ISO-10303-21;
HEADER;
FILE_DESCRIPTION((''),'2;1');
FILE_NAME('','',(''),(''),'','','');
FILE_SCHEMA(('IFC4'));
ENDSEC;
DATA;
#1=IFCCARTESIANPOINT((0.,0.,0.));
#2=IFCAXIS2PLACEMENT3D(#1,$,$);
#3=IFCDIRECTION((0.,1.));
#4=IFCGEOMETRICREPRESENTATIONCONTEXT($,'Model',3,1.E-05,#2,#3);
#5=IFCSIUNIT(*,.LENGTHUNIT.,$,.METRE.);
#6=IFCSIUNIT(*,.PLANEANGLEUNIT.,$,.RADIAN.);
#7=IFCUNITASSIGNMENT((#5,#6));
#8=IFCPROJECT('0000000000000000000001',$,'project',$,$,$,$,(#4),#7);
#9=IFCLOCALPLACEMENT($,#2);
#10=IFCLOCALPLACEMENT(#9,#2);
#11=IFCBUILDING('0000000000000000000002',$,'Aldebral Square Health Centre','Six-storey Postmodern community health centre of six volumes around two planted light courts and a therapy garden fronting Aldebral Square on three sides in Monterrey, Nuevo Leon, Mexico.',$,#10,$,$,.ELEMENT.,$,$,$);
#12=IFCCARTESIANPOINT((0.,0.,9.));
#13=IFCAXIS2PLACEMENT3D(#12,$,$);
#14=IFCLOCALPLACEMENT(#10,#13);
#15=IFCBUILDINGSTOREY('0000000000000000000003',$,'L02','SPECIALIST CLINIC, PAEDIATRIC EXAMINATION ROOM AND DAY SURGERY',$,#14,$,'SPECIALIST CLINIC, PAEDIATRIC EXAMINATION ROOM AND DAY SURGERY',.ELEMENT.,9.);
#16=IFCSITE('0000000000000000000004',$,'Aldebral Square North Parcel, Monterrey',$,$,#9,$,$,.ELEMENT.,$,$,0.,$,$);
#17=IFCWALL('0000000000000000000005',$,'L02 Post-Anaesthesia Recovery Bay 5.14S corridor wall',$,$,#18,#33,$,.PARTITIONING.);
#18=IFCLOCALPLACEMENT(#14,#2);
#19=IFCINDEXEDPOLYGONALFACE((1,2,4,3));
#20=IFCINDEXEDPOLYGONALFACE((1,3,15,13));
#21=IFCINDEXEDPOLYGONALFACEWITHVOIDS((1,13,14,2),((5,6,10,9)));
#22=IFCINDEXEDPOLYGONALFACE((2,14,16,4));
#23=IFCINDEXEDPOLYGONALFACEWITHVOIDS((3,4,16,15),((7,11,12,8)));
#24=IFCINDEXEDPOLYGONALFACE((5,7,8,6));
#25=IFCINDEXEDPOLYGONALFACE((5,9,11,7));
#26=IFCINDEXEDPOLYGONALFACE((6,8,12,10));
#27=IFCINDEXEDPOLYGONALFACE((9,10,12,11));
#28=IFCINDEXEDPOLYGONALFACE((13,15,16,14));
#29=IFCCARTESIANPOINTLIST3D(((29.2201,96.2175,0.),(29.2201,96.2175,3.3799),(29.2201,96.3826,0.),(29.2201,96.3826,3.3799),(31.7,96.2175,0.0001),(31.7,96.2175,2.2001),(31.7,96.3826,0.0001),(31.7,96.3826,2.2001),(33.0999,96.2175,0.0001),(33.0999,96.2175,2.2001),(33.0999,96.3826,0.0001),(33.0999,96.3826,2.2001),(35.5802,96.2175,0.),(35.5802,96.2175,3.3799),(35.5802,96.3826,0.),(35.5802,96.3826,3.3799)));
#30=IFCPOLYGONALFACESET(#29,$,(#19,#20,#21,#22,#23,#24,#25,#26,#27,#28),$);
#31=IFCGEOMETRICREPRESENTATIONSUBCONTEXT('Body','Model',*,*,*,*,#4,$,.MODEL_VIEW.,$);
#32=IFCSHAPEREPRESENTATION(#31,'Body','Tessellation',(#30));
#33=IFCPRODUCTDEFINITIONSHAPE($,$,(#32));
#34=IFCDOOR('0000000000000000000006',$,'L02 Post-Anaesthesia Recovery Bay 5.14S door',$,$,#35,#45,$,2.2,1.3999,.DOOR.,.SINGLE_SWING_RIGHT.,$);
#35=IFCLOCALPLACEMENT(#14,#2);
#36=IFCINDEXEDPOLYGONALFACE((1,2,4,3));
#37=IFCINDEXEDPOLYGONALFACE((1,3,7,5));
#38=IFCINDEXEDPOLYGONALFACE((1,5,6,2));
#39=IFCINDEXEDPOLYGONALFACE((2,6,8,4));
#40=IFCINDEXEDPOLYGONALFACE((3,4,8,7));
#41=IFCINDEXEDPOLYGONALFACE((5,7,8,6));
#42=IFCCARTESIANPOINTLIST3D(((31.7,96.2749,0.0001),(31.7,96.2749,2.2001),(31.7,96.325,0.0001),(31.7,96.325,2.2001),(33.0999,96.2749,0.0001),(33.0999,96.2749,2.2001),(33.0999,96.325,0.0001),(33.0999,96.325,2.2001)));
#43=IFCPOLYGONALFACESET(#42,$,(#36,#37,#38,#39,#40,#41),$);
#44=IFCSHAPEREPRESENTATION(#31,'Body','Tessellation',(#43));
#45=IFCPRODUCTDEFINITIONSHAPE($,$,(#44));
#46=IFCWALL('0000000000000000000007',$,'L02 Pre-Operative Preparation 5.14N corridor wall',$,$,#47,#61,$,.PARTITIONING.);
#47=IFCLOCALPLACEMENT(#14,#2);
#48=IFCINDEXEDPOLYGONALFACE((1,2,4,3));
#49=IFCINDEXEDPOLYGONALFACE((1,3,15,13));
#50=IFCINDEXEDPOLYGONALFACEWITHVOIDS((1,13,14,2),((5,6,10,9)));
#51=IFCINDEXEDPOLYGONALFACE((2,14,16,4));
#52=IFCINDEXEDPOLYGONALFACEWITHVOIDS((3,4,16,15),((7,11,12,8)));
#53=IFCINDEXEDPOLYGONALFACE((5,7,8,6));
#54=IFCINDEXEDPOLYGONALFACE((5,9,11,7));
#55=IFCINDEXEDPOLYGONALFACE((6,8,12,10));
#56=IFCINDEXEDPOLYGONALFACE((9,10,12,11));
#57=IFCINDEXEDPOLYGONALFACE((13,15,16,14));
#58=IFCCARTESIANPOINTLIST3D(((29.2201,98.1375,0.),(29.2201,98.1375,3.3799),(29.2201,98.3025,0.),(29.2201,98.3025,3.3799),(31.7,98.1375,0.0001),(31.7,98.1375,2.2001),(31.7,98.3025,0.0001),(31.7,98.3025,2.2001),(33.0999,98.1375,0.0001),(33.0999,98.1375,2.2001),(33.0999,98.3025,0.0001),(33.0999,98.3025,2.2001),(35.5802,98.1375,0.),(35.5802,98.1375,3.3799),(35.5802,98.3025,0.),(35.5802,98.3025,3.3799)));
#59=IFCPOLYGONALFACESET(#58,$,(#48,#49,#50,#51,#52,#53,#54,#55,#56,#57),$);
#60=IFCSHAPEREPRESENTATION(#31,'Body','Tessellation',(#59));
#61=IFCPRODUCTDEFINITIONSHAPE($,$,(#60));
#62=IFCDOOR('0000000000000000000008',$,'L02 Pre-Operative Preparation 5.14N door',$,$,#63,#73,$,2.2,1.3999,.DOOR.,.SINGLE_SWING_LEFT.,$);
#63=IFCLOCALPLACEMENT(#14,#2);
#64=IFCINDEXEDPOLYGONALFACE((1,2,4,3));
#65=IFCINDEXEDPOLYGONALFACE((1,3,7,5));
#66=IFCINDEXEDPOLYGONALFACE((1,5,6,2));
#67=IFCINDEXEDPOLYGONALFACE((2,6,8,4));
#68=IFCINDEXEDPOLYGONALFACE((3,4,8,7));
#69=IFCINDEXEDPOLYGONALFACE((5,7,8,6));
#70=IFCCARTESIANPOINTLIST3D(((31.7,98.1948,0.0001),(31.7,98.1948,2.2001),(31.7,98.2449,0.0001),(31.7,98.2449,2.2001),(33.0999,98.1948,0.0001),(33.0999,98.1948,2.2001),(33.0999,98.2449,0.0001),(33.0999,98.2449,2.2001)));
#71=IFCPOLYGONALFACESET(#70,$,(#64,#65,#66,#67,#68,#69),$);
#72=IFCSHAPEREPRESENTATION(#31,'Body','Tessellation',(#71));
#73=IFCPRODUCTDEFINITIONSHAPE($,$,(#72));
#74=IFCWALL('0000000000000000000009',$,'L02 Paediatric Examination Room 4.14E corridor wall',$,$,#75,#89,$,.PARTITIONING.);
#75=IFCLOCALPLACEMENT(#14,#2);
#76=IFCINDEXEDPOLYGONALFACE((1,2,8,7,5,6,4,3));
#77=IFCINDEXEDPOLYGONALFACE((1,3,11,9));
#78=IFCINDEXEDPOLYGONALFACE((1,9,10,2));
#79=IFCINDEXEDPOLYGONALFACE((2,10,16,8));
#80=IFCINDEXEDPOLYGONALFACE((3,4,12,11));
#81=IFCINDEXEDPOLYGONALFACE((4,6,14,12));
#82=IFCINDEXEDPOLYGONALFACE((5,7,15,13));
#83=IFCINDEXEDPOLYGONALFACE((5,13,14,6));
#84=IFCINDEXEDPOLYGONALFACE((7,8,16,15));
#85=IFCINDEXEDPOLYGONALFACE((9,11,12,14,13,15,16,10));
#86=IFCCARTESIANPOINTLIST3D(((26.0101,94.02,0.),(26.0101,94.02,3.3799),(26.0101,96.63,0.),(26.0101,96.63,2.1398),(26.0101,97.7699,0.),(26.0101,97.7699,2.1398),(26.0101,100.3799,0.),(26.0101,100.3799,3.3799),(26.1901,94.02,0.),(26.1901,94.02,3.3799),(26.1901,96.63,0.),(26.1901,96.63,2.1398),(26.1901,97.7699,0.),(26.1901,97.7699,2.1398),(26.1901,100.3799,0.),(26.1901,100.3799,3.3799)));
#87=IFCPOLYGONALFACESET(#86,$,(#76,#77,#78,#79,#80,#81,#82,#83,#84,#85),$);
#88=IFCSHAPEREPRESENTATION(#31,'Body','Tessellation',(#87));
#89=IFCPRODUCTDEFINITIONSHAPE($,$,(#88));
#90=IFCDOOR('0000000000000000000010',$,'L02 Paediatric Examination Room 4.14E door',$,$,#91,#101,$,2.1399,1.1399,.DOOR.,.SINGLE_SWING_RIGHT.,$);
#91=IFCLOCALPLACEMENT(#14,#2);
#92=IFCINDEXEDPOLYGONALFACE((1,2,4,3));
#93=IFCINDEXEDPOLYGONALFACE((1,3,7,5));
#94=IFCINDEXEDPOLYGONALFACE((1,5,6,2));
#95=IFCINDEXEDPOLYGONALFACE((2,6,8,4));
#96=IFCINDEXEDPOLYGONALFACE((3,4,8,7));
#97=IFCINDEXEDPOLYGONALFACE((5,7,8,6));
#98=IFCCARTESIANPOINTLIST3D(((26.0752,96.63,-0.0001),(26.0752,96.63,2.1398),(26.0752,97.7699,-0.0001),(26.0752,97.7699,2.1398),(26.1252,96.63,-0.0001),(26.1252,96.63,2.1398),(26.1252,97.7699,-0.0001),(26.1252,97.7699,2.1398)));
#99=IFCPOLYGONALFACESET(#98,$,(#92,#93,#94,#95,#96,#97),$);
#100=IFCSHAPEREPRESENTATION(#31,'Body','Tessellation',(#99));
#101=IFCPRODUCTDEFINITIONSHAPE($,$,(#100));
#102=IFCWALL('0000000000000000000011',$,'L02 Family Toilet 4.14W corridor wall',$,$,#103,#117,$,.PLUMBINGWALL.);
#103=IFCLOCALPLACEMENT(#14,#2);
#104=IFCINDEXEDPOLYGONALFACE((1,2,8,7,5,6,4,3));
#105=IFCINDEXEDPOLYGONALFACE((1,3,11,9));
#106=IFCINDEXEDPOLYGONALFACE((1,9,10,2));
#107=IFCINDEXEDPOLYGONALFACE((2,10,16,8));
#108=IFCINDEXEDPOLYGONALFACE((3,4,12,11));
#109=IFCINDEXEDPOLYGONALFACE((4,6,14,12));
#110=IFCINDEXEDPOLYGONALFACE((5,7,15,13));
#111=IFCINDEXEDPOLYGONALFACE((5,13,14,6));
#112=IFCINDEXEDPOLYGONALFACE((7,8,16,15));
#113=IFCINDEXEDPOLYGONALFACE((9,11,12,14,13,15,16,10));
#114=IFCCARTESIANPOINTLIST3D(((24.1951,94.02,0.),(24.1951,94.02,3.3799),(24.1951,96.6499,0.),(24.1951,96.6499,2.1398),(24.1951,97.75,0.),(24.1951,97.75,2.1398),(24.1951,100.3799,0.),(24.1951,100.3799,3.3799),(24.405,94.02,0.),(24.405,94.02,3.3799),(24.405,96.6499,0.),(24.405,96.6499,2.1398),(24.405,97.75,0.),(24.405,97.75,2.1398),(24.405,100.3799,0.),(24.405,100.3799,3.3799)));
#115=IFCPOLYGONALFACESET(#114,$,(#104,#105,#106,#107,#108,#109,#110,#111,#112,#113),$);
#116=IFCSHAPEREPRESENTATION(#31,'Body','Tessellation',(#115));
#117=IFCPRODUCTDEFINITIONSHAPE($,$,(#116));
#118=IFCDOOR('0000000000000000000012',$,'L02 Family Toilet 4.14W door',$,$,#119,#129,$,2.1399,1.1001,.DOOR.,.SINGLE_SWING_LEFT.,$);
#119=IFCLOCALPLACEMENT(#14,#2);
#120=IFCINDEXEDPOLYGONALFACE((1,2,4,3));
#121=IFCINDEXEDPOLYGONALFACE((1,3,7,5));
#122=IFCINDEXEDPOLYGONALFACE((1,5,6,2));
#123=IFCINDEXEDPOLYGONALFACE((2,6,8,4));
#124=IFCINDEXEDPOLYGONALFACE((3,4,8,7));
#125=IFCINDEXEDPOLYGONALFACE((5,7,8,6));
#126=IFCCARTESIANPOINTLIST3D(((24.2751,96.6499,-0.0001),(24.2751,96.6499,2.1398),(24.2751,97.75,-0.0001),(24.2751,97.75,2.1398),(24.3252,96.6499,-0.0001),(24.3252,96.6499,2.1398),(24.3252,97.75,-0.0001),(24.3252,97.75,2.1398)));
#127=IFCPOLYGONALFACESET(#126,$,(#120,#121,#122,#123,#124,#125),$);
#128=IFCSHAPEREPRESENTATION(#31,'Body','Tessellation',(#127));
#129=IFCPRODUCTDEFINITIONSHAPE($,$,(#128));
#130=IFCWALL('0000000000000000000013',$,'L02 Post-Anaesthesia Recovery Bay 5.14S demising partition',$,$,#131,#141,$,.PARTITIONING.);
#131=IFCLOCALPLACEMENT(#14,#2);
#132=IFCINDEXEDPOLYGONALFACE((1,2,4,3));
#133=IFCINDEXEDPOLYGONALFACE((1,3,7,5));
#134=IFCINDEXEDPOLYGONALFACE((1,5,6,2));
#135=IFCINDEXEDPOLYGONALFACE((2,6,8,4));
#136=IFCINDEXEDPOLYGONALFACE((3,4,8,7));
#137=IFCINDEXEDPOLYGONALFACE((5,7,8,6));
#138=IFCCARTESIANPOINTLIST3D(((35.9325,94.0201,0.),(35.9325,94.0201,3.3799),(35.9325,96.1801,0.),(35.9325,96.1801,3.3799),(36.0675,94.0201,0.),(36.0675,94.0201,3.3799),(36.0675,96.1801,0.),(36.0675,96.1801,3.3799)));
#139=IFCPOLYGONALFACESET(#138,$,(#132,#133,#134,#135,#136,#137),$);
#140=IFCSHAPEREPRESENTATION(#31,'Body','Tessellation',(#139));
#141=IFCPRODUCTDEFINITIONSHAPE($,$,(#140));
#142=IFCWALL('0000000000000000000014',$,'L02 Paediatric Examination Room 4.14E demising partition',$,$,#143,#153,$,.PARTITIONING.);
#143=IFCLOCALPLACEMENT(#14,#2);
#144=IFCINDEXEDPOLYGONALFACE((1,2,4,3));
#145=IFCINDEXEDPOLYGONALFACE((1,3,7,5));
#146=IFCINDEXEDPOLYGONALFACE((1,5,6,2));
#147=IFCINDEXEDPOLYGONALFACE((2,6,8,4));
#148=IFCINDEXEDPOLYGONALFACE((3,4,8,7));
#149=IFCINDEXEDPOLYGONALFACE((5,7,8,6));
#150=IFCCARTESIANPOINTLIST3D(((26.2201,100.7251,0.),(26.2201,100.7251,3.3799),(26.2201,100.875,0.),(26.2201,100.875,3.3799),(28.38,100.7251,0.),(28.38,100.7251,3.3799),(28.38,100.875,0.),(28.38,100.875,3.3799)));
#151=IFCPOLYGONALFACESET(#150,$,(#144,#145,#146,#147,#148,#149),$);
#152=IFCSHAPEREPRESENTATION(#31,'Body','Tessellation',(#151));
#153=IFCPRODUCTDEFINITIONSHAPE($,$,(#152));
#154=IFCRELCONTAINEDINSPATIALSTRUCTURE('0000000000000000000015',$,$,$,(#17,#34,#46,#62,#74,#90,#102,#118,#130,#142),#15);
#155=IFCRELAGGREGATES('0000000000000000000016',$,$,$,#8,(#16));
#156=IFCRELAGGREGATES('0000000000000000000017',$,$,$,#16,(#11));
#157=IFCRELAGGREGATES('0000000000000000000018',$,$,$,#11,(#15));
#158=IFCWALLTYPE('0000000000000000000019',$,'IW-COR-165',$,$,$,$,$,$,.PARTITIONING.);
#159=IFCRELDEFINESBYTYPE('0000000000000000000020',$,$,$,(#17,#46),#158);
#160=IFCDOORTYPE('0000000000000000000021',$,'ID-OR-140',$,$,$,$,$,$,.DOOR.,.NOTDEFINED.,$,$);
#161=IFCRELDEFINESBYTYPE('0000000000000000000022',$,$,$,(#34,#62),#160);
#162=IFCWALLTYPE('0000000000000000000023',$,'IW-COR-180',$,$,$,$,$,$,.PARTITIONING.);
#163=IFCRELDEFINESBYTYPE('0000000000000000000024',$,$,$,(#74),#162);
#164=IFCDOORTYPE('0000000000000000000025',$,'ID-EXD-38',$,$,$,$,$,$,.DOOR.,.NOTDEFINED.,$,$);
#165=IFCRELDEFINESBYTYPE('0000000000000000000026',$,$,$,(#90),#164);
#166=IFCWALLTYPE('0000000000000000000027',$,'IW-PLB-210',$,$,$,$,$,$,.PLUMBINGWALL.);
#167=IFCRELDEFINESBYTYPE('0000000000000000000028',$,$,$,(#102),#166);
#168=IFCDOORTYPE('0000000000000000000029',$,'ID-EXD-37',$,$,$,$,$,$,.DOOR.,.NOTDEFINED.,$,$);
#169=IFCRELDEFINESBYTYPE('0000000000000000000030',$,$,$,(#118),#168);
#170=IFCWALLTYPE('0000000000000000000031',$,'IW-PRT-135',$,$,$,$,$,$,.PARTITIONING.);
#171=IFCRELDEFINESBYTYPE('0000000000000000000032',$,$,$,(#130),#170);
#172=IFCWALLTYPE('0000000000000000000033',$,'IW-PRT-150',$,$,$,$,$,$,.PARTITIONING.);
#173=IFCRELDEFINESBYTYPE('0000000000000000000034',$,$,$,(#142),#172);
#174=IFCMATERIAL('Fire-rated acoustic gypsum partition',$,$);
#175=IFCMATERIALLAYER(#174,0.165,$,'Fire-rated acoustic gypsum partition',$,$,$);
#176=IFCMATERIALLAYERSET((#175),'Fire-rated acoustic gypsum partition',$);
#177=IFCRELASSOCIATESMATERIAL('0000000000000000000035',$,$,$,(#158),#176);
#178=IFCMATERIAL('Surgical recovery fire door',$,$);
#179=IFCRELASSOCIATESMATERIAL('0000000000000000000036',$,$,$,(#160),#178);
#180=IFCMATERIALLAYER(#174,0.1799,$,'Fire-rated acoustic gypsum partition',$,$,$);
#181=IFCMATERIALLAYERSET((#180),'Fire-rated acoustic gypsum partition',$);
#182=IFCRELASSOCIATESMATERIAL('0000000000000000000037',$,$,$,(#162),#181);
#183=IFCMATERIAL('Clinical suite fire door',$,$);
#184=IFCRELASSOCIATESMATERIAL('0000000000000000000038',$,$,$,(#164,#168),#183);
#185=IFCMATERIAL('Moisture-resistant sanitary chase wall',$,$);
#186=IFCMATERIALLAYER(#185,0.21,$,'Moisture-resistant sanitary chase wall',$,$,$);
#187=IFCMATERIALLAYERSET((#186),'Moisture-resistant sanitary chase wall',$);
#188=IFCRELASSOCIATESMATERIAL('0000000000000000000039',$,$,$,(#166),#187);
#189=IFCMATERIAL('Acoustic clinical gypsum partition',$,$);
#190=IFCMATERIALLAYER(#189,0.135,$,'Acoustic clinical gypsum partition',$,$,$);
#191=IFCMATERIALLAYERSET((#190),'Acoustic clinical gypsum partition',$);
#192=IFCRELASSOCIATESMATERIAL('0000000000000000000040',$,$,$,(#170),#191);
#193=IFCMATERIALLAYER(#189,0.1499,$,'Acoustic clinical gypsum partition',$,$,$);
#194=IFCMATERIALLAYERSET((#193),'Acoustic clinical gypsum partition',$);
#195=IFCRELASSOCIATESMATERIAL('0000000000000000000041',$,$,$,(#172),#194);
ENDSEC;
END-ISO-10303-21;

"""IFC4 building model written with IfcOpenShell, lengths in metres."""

from ifc_helpers import new_model, si_unit, direction, frame, frame_2d, origin, place, context, subcontext, project, spatial, rectangle, extrude, material, layer, layer_set, type_object, element, fill, save


model = new_model("IFC4")

# Units and contexts
model_context = context("Model", 3, precision=1e-05, world=origin(), true_north=direction((0.0, 1.0)))
body_context = subcontext(model_context, "Body", "Model", "MODEL_VIEW")
ifc_project = project(units=[si_unit("LENGTHUNIT", "METRE"), si_unit("PLANEANGLEUNIT", "RADIAN")], contexts=[model_context])

# Site, building, storey
site_placement = place(None, origin())
site = spatial("IfcSite", under=ifc_project, at=site_placement, Name="Aldebral Square North Parcel, Monterrey", CompositionType="ELEMENT", RefElevation=0.0)
building_placement = place(site_placement, origin())
building = spatial("IfcBuilding", under=site, at=building_placement, Name="Aldebral Square Health Centre", Description="Six-storey Postmodern community health centre of six volumes around two planted light courts and a therapy garden fronting Aldebral Square on three sides in Monterrey, Nuevo Leon, Mexico.", CompositionType="ELEMENT")
storey_placement = place(building_placement, frame((0.0, 0.0, 9.0)))
storey = spatial("IfcBuildingStorey", under=building, at=storey_placement, Name="L02", Description="SPECIALIST CLINIC, PAEDIATRIC EXAMINATION ROOM AND DAY SURGERY", LongName="SPECIALIST CLINIC, PAEDIATRIC EXAMINATION ROOM AND DAY SURGERY", CompositionType="ELEMENT", Elevation=9.0)

# Walls, openings, doors
ifc_material_1 = material(Name="Clinical suite fire door")
ifc_material_2 = material(Name="Fire-rated acoustic gypsum partition")
ifc_layer_1 = layer(ifc_material_2, 0.165, Name="Fire-rated acoustic gypsum partition")
ifc_layer_set_1 = layer_set([ifc_layer_1], Name="Fire-rated acoustic gypsum partition")
wall_type_1 = type_object("IfcWallType", Name="IW-COR-165", PredefinedType="PARTITIONING", material=ifc_layer_set_1)
wall_1_placement = place(storey_placement, frame((29.22, 96.3, 0.0), z_axis=(0.0, 0.0, 1.0), x_axis=(1.0, 0.0, 0.0)))
wall_1 = element("IfcWall", 1, at=wall_1_placement, inside=storey, type_object=wall_type_1, Name="L02 Post-Anaesthesia Recovery Bay 5.14S corridor wall", PredefinedType="PARTITIONING", context=body_context, shape_type="SweptSolid", body=[
    extrude(rectangle(XDim=6.3601, YDim=0.165, at=frame_2d((3.1802, 0.0))), origin(), (0.0, 0.0, 1.0), 3.3799),
])
opening_1_placement = place(wall_1_placement, frame((2.48, 0.0, 0.0)))
opening_1 = element("IfcOpeningElement", 2, at=opening_1_placement, cuts=wall_1, PredefinedType="OPENING", context=body_context, shape_type="SweptSolid", body=[
    extrude(rectangle(XDim=1.3999, YDim=2.2, at=frame_2d((0.7, 1.1001))), frame((0.0, 0.0925, 0.0), z_axis=(0.0, -1.0, 0.0), x_axis=(1.0, 0.0, 0.0)), (0.0, 0.0, 1.0), 0.1851),
])
ifc_material_3 = material(Name="Surgical recovery fire door")
door_type_1 = type_object("IfcDoorType", Name="ID-OR-140", OperationType="NOTDEFINED", PredefinedType="DOOR", material=ifc_material_3)
door_1_placement = place(opening_1_placement, origin())
door_1 = element("IfcDoor", 3, at=door_1_placement, inside=storey, type_object=door_type_1, Name="L02 Post-Anaesthesia Recovery Bay 5.14S door", OperationType="SINGLE_SWING_RIGHT", OverallHeight=2.2, OverallWidth=1.3999, PredefinedType="DOOR", context=body_context, shape_type="SweptSolid", body=[
    extrude(rectangle(XDim=1.3999, YDim=2.2, at=frame_2d((0.7, 1.1001))), frame((0.0, 0.0249, 0.0), z_axis=(0.0, -1.0, 0.0), x_axis=(1.0, 0.0, 0.0)), (0.0, 0.0, 1.0), 0.05),
])
fill(opening_1, door_1)
wall_2_placement = place(storey_placement, frame((29.22, 98.22, 0.0), z_axis=(0.0, 0.0, 1.0), x_axis=(1.0, 0.0, 0.0)))
wall_2 = element("IfcWall", 4, at=wall_2_placement, inside=storey, type_object=wall_type_1, Name="L02 Pre-Operative Preparation 5.14N corridor wall", PredefinedType="PARTITIONING", context=body_context, shape_type="SweptSolid", body=[
    extrude(rectangle(XDim=6.3601, YDim=0.165, at=frame_2d((3.1802, 0.0))), origin(), (0.0, 0.0, 1.0), 3.3799),
])
opening_2_placement = place(wall_2_placement, frame((2.48, 0.0, 0.0)))
opening_2 = element("IfcOpeningElement", 5, at=opening_2_placement, cuts=wall_2, PredefinedType="OPENING", context=body_context, shape_type="SweptSolid", body=[
    extrude(rectangle(XDim=1.3999, YDim=2.2, at=frame_2d((0.7, 1.1001))), frame((0.0, 0.0925, 0.0), z_axis=(0.0, -1.0, 0.0), x_axis=(1.0, 0.0, 0.0)), (0.0, 0.0, 1.0), 0.1851),
])
door_2_placement = place(opening_2_placement, origin())
door_2 = element("IfcDoor", 6, at=door_2_placement, inside=storey, type_object=door_type_1, Name="L02 Pre-Operative Preparation 5.14N door", OperationType="SINGLE_SWING_LEFT", OverallHeight=2.2, OverallWidth=1.3999, PredefinedType="DOOR", context=body_context, shape_type="SweptSolid", body=[
    extrude(rectangle(XDim=1.3999, YDim=2.2, at=frame_2d((0.7, 1.1001))), frame((0.0, 0.0249, 0.0), z_axis=(0.0, -1.0, 0.0), x_axis=(1.0, 0.0, 0.0)), (0.0, 0.0, 1.0), 0.05),
])
fill(opening_2, door_2)
ifc_layer_2 = layer(ifc_material_2, 0.1799, Name="Fire-rated acoustic gypsum partition")
ifc_layer_set_2 = layer_set([ifc_layer_2], Name="Fire-rated acoustic gypsum partition")
wall_type_2 = type_object("IfcWallType", Name="IW-COR-180", PredefinedType="PARTITIONING", material=ifc_layer_set_2)
wall_3_placement = place(storey_placement, frame((26.1001, 94.02, 0.0), z_axis=(0.0, 0.0, 1.0), x_axis=(0.0, 1.0, 0.0)))
wall_3 = element("IfcWall", 7, at=wall_3_placement, inside=storey, type_object=wall_type_2, Name="L02 Paediatric Examination Room 4.14E corridor wall", PredefinedType="PARTITIONING", context=body_context, shape_type="SweptSolid", body=[
    extrude(rectangle(XDim=6.3599, YDim=0.1799, at=frame_2d((3.1799, 0.0))), origin(), (0.0, 0.0, 1.0), 3.3799),
])
opening_3_placement = place(wall_3_placement, frame((2.6101, 0.0, 0.0)))
opening_3 = element("IfcOpeningElement", 8, at=opening_3_placement, cuts=wall_3, PredefinedType="OPENING", context=body_context, shape_type="SweptSolid", body=[
    extrude(rectangle(XDim=1.1399, YDim=2.1399, at=frame_2d((0.5698, 1.0698))), frame((0.0, 0.1001, 0.0), z_axis=(0.0, -1.0, 0.0), x_axis=(1.0, 0.0, 0.0)), (0.0, 0.0, 1.0), 0.2),
])
door_type_2 = type_object("IfcDoorType", Name="ID-EXD-38", OperationType="NOTDEFINED", PredefinedType="DOOR", material=ifc_material_1)
door_3_placement = place(opening_3_placement, origin())
door_3 = element("IfcDoor", 9, at=door_3_placement, inside=storey, type_object=door_type_2, Name="L02 Paediatric Examination Room 4.14E door", OperationType="SINGLE_SWING_RIGHT", OverallHeight=2.1399, OverallWidth=1.1399, PredefinedType="DOOR", context=body_context, shape_type="SweptSolid", body=[
    extrude(rectangle(XDim=1.1399, YDim=2.1399, at=frame_2d((0.5698, 1.0698))), frame((0.0, 0.0249, 0.0), z_axis=(0.0, -1.0, 0.0), x_axis=(1.0, 0.0, 0.0)), (0.0, 0.0, 1.0), 0.05),
])
fill(opening_3, door_3)
ifc_material_4 = material(Name="Moisture-resistant sanitary chase wall")
ifc_layer_3 = layer(ifc_material_4, 0.21, Name="Moisture-resistant sanitary chase wall")
ifc_layer_set_3 = layer_set([ifc_layer_3], Name="Moisture-resistant sanitary chase wall")
wall_type_3 = type_object("IfcWallType", Name="IW-PLB-210", PredefinedType="PLUMBINGWALL", material=ifc_layer_set_3)
wall_4_placement = place(storey_placement, frame((24.3, 94.02, 0.0), z_axis=(0.0, 0.0, 1.0), x_axis=(0.0, 1.0, 0.0)))
wall_4 = element("IfcWall", 10, at=wall_4_placement, inside=storey, type_object=wall_type_3, Name="L02 Family Toilet 4.14W corridor wall", PredefinedType="PLUMBINGWALL", context=body_context, shape_type="SweptSolid", body=[
    extrude(rectangle(XDim=6.3599, YDim=0.21, at=frame_2d((3.1799, 0.0))), origin(), (0.0, 0.0, 1.0), 3.3799),
])
opening_4_placement = place(wall_4_placement, frame((2.6299, 0.0, 0.0)))
opening_4 = element("IfcOpeningElement", 11, at=opening_4_placement, cuts=wall_4, PredefinedType="OPENING", context=body_context, shape_type="SweptSolid", body=[
    extrude(rectangle(XDim=1.1001, YDim=2.1399, at=frame_2d((0.55, 1.0698))), frame((0.0, 0.115, 0.0), z_axis=(0.0, -1.0, 0.0), x_axis=(1.0, 0.0, 0.0)), (0.0, 0.0, 1.0), 0.23),
])
door_type_3 = type_object("IfcDoorType", Name="ID-EXD-37", OperationType="NOTDEFINED", PredefinedType="DOOR", material=ifc_material_1)
door_4_placement = place(opening_4_placement, origin())
door_4 = element("IfcDoor", 12, at=door_4_placement, inside=storey, type_object=door_type_3, Name="L02 Family Toilet 4.14W door", OperationType="SINGLE_SWING_LEFT", OverallHeight=2.1399, OverallWidth=1.1001, PredefinedType="DOOR", context=body_context, shape_type="SweptSolid", body=[
    extrude(rectangle(XDim=1.1001, YDim=2.1399, at=frame_2d((0.55, 1.0698))), frame((0.0, 0.0249, 0.0), z_axis=(0.0, -1.0, 0.0), x_axis=(1.0, 0.0, 0.0)), (0.0, 0.0, 1.0), 0.05),
])
fill(opening_4, door_4)

# Walls
ifc_material_5 = material(Name="Acoustic clinical gypsum partition")
ifc_layer_4 = layer(ifc_material_5, 0.135, Name="Acoustic clinical gypsum partition")
ifc_layer_set_4 = layer_set([ifc_layer_4], Name="Acoustic clinical gypsum partition")
wall_type_4 = type_object("IfcWallType", Name="IW-PRT-135", PredefinedType="PARTITIONING", material=ifc_layer_set_4)
wall_5_placement = place(storey_placement, frame((36.0, 94.02, 0.0), z_axis=(0.0, 0.0, 1.0), x_axis=(0.0, 1.0, 0.0)))
element("IfcWall", 13, at=wall_5_placement, inside=storey, type_object=wall_type_4, Name="L02 Post-Anaesthesia Recovery Bay 5.14S demising partition", PredefinedType="PARTITIONING", context=body_context, shape_type="SweptSolid", body=[
    extrude(rectangle(XDim=2.1599, YDim=0.135, at=frame_2d((1.0801, 0.0))), origin(), (0.0, 0.0, 1.0), 3.3799),
])
ifc_layer_5 = layer(ifc_material_5, 0.1499, Name="Acoustic clinical gypsum partition")
ifc_layer_set_5 = layer_set([ifc_layer_5], Name="Acoustic clinical gypsum partition")
wall_type_5 = type_object("IfcWallType", Name="IW-PRT-150", PredefinedType="PARTITIONING", material=ifc_layer_set_5)
wall_6_placement = place(storey_placement, frame((26.22, 100.8, 0.0), z_axis=(0.0, 0.0, 1.0), x_axis=(1.0, 0.0, 0.0)))
element("IfcWall", 14, at=wall_6_placement, inside=storey, type_object=wall_type_5, Name="L02 Paediatric Examination Room 4.14E demising partition", PredefinedType="PARTITIONING", context=body_context, shape_type="SweptSolid", body=[
    extrude(rectangle(XDim=2.1599, YDim=0.1499, at=frame_2d((1.0801, 0.0))), origin(), (0.0, 0.0, 1.0), 3.3799),
])

save(model, "model.ifc")
